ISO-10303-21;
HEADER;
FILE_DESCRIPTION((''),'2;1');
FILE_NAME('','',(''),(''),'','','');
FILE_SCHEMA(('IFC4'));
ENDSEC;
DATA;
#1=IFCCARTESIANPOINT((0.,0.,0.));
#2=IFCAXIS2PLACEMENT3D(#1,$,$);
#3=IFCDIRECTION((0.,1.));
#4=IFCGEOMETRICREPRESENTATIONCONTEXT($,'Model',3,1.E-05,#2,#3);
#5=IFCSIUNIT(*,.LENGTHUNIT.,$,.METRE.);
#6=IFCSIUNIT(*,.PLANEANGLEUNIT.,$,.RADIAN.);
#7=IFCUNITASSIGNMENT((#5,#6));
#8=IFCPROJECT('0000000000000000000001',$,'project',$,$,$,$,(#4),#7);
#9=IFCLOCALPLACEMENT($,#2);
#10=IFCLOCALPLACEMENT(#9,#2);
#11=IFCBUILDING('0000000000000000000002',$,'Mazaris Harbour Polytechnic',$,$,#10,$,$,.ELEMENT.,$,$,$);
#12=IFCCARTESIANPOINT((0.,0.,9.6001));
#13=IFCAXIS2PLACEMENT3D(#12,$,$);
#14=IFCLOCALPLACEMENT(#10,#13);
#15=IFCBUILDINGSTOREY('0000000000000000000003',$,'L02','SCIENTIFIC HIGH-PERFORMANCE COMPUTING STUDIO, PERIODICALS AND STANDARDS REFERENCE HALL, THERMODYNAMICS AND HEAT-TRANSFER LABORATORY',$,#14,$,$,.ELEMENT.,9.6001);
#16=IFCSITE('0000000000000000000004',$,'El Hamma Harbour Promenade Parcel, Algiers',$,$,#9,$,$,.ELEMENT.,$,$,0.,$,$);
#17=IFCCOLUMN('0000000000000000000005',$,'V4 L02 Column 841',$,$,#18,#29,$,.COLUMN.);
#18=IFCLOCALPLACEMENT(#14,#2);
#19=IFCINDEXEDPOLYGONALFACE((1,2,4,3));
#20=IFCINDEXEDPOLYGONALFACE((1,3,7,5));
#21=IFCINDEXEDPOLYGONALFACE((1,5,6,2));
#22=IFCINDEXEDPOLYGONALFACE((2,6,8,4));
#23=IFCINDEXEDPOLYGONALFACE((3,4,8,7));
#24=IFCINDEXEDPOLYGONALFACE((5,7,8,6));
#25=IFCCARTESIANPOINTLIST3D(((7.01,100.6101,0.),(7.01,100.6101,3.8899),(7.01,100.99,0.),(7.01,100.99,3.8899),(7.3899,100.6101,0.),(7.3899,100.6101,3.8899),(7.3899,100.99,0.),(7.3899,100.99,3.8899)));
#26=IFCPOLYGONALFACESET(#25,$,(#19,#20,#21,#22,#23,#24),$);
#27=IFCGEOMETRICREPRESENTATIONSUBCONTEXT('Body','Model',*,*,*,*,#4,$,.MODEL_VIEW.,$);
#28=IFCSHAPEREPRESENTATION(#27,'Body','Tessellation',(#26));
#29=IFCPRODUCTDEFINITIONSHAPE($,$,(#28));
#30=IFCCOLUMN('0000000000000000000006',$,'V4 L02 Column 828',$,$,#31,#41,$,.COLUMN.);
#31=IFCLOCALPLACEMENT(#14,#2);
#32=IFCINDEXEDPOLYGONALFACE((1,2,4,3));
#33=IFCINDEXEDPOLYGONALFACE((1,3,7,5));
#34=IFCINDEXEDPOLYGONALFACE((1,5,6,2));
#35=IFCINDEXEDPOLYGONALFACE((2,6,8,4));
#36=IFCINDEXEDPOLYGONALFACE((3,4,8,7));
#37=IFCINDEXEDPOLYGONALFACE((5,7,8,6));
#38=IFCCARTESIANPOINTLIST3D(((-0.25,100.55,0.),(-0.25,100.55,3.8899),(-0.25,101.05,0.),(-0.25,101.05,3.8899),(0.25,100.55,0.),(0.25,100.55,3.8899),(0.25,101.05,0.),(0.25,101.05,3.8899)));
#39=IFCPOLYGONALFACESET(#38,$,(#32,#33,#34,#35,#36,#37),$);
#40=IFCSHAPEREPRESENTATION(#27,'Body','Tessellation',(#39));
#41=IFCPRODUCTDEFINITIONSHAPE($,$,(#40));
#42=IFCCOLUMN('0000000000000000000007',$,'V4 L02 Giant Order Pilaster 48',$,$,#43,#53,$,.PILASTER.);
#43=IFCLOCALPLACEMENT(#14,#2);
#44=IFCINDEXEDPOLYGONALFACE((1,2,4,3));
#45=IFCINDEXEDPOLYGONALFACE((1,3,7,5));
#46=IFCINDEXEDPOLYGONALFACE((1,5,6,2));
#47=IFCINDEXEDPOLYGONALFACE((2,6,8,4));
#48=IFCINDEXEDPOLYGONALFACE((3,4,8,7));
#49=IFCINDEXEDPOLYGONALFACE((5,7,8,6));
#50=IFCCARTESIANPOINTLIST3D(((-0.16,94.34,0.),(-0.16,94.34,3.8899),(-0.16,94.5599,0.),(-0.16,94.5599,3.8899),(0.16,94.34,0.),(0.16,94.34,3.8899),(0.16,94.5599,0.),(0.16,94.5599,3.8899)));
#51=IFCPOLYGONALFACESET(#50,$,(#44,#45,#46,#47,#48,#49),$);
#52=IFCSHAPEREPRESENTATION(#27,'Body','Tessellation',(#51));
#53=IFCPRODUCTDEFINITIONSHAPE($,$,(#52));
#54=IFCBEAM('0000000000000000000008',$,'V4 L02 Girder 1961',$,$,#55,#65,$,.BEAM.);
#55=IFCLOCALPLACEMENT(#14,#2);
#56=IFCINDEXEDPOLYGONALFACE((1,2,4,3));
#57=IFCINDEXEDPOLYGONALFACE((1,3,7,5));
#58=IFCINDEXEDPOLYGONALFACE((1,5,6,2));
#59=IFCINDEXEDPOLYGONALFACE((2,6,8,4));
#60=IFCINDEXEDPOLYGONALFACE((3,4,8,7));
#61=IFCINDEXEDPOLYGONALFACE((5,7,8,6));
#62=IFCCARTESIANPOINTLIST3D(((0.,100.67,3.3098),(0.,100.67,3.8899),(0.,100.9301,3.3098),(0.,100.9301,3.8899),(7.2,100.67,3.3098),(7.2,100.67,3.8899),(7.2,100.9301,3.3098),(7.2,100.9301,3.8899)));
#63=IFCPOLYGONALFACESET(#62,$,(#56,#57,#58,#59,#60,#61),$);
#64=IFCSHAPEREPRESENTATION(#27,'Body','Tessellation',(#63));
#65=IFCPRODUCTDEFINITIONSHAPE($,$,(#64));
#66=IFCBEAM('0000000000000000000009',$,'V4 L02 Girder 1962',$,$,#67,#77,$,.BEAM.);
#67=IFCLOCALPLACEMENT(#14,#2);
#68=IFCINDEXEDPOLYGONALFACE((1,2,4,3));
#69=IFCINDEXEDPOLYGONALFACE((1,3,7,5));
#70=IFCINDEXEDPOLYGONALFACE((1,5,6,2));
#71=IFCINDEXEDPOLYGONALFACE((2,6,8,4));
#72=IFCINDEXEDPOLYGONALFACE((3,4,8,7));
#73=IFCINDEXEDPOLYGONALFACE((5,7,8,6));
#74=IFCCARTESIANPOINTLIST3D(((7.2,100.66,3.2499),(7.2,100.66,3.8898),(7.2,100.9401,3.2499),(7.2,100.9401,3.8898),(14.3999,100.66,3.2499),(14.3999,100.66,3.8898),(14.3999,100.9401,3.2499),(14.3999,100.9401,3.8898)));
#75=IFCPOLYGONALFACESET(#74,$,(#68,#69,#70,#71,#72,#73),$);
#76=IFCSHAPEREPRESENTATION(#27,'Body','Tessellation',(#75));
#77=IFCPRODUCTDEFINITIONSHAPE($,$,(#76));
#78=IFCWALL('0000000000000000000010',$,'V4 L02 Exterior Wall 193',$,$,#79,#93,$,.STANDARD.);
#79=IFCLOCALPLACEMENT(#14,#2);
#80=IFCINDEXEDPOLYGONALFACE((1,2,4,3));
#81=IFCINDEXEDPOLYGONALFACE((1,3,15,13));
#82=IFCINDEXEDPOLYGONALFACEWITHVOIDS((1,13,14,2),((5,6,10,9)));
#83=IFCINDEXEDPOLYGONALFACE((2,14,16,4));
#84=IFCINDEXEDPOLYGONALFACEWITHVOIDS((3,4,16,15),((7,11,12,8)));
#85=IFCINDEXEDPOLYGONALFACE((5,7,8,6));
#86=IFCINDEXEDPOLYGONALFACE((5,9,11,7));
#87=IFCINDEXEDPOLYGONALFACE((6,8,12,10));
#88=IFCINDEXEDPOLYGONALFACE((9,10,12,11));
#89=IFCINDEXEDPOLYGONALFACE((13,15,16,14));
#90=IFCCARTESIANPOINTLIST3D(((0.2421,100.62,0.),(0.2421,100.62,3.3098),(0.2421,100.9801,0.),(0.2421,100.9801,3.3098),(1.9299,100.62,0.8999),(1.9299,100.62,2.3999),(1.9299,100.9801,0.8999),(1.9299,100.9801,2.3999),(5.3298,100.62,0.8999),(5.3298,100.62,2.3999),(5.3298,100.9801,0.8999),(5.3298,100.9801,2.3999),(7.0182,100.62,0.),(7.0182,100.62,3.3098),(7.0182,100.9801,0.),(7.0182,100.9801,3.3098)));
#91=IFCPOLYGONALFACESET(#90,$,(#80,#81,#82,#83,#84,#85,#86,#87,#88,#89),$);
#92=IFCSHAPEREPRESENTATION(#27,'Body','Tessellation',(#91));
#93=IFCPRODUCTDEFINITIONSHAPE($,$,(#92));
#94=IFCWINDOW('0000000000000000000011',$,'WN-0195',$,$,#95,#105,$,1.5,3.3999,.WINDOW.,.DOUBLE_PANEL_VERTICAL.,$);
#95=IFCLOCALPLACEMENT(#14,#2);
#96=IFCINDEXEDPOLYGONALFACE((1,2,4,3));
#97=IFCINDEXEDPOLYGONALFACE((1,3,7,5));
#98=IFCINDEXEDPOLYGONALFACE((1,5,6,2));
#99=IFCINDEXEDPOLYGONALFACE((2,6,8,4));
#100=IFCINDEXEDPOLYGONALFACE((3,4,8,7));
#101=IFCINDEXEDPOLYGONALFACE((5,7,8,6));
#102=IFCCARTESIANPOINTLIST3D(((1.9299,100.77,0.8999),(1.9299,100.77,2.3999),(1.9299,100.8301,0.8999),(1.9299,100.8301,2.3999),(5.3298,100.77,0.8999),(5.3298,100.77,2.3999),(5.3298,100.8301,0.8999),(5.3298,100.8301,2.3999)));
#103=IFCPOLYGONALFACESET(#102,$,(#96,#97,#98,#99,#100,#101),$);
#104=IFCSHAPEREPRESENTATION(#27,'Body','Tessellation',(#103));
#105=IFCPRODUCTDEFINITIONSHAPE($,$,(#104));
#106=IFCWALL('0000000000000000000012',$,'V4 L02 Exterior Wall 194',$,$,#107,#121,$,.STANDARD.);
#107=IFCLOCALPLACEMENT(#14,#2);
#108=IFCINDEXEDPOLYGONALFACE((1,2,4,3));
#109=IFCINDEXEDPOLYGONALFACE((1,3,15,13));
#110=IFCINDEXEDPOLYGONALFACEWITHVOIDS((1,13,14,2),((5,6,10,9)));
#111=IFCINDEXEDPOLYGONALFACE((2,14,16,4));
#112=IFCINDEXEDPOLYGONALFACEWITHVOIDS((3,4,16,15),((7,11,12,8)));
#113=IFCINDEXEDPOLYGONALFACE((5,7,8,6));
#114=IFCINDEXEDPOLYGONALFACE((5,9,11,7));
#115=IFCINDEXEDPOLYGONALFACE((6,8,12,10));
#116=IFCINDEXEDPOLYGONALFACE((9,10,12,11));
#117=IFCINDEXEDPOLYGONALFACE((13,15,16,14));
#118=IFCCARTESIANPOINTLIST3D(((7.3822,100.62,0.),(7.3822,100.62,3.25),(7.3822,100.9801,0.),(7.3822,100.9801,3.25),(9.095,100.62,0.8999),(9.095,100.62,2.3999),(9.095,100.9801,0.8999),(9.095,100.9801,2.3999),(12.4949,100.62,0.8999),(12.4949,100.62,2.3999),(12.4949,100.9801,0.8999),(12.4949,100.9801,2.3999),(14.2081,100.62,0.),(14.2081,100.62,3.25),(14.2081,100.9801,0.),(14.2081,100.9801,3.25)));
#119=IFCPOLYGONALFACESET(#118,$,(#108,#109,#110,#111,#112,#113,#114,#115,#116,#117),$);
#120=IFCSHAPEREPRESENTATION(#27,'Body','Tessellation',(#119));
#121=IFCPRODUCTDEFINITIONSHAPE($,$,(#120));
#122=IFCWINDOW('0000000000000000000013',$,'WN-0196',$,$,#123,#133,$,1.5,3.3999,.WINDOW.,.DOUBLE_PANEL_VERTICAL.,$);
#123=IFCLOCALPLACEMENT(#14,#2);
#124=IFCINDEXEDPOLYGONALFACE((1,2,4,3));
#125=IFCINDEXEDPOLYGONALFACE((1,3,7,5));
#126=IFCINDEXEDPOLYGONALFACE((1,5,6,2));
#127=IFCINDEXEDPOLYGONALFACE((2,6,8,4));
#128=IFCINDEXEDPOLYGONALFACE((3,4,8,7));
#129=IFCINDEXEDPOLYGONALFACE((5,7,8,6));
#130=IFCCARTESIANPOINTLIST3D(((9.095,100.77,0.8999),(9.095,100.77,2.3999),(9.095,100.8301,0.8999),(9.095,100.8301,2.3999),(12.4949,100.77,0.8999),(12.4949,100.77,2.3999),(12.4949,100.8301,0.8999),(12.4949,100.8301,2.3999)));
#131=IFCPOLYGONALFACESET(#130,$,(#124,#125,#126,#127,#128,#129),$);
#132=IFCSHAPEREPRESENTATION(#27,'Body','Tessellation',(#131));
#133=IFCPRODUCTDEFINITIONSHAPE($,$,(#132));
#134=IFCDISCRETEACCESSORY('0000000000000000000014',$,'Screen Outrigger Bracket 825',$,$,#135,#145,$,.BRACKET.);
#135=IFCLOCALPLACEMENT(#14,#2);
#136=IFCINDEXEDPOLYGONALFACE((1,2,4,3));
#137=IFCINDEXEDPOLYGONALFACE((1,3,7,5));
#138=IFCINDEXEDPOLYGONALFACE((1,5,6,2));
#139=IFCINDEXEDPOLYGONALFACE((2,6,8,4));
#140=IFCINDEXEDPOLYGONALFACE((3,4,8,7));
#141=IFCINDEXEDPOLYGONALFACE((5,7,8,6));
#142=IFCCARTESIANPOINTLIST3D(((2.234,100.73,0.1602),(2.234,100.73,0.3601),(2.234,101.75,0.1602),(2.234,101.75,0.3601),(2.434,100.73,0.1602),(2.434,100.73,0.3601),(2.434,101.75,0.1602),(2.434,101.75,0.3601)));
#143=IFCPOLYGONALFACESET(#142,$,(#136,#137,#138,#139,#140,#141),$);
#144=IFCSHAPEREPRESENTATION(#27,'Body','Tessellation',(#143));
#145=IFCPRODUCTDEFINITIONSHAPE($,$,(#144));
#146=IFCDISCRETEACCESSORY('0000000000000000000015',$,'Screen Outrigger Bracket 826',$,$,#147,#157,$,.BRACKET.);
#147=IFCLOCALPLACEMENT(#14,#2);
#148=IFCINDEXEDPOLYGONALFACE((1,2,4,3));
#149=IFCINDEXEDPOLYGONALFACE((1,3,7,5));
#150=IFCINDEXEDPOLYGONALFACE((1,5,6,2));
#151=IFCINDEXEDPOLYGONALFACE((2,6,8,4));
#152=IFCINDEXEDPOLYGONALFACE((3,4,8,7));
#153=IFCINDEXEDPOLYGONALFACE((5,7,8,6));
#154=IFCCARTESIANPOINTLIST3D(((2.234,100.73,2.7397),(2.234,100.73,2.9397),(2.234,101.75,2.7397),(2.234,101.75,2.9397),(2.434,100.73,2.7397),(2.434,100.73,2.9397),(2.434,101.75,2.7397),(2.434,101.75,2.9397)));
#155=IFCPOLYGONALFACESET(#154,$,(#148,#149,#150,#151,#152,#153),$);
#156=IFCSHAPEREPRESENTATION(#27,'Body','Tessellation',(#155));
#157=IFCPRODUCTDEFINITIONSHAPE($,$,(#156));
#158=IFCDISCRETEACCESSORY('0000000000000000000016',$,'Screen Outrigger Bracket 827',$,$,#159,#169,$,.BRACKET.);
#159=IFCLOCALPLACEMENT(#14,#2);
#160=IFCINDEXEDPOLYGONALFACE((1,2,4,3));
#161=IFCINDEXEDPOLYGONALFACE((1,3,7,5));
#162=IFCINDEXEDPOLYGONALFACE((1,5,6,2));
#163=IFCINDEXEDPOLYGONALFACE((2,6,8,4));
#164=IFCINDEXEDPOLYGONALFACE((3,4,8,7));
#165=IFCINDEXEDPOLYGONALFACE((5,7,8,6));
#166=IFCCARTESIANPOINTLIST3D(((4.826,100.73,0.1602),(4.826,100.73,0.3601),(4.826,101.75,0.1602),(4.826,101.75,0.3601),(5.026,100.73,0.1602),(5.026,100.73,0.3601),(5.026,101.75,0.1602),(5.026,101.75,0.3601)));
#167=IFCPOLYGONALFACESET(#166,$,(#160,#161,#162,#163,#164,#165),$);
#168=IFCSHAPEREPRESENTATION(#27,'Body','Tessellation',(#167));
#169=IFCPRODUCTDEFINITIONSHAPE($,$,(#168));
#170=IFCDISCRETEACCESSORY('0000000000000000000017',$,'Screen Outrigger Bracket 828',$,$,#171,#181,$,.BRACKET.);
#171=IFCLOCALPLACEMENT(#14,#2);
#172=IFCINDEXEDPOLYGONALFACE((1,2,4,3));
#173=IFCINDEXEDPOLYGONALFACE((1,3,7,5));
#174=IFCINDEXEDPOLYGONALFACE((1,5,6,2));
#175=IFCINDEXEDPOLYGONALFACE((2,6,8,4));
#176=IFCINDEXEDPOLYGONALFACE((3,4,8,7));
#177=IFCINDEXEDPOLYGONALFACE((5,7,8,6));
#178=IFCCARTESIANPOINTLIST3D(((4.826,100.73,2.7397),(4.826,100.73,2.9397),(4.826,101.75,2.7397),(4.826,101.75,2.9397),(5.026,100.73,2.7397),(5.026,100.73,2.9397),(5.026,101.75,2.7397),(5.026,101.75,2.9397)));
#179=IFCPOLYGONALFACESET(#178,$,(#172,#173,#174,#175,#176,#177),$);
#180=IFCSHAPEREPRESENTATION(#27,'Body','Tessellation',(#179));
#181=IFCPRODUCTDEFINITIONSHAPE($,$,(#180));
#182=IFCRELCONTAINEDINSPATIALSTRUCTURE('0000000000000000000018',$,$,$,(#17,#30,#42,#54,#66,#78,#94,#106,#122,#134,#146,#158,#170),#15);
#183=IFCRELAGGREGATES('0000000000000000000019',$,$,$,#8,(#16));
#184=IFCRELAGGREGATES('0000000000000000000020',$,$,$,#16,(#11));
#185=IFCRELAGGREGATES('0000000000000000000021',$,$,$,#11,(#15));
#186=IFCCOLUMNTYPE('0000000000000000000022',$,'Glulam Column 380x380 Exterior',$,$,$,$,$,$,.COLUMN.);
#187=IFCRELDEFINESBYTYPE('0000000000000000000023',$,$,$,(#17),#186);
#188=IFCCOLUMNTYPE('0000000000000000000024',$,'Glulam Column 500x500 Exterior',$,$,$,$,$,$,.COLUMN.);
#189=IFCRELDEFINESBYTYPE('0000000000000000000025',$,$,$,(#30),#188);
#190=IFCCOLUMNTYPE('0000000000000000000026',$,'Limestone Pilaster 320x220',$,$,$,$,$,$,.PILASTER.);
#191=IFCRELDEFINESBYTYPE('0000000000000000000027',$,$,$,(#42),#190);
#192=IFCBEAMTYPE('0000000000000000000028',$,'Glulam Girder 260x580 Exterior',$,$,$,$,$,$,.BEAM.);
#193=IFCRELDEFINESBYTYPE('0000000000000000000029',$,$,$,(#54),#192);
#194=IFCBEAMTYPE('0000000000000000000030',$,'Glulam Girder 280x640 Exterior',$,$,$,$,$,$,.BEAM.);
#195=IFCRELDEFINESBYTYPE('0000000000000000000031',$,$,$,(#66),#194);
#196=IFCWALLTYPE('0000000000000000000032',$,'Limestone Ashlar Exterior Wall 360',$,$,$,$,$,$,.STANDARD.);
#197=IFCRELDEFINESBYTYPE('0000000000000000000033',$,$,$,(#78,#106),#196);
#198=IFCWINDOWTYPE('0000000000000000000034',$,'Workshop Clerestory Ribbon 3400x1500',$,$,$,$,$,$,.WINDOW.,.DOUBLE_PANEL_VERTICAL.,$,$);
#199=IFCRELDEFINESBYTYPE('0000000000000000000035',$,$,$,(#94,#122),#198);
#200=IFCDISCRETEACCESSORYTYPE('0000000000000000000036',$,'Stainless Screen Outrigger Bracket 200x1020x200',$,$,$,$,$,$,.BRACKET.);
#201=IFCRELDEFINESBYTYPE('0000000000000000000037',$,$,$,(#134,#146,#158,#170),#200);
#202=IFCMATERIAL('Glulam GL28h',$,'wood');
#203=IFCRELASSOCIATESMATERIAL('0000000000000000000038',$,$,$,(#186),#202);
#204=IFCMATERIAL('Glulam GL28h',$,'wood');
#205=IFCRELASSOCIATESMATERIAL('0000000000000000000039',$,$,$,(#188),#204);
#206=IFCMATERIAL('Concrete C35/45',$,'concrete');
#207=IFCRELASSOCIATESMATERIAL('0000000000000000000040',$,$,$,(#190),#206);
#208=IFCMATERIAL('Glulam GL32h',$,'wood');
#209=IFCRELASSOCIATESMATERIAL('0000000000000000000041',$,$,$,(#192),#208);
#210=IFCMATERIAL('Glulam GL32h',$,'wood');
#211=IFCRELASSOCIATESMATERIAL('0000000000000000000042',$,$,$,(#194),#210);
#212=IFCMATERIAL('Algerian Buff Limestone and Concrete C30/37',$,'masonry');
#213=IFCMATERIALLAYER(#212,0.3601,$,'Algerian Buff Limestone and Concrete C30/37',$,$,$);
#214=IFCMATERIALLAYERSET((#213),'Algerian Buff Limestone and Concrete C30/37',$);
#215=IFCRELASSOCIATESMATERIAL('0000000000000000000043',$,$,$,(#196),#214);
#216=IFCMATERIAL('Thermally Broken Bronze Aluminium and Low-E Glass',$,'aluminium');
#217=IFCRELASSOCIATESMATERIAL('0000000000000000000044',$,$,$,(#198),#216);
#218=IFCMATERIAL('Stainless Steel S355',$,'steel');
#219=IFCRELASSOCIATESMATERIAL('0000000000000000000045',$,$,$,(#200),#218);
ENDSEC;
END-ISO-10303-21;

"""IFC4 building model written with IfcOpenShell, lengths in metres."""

from ifc_helpers import new_model, si_unit, direction, frame, frame_2d, origin, origin_2d, place, context, subcontext, project, spatial, rectangle, extrude, material, layer, layer_set, material_profile, profile_set, type_object, element, fill, save


model = new_model("IFC4")

# Units and contexts
model_context = context("Model", 3, precision=1e-05, world=origin(), true_north=direction((0.0, 1.0)))
body_context = subcontext(model_context, "Body", "Model", "MODEL_VIEW")
ifc_project = project(units=[si_unit("LENGTHUNIT", "METRE"), si_unit("PLANEANGLEUNIT", "RADIAN")], contexts=[model_context])

# Site, building, storey
site_placement = place(None, origin())
site = spatial("IfcSite", under=ifc_project, at=site_placement, Name="El Hamma Harbour Promenade Parcel, Algiers", CompositionType="ELEMENT", RefElevation=0.0)
building_placement = place(site_placement, origin())
building = spatial("IfcBuilding", under=site, at=building_placement, Name="Mazaris Harbour Polytechnic", CompositionType="ELEMENT")
storey_placement = place(building_placement, frame((0.0, 0.0, 9.6001)))
storey = spatial("IfcBuildingStorey", under=building, at=storey_placement, Name="L02", Description="SCIENTIFIC HIGH-PERFORMANCE COMPUTING STUDIO, PERIODICALS AND STANDARDS REFERENCE HALL, THERMODYNAMICS AND HEAT-TRANSFER LABORATORY", CompositionType="ELEMENT", Elevation=9.6001)

# Columns
ifc_material_1 = material(Name="Glulam GL28h", Category="wood")
ifc_material_profile_1 = material_profile(ifc_material_1, rectangle(XDim=0.3799, YDim=0.3799, at=origin_2d()), Name="RECT380x380")
ifc_profile_set_1 = profile_set([ifc_material_profile_1], Name="Glulam GL28h")
column_type_1 = type_object("IfcColumnType", Name="Glulam Column 380x380 Exterior", PredefinedType="COLUMN", material=ifc_profile_set_1)
column_1_placement = place(storey_placement, frame((7.2, 100.8, 0.0), z_axis=(0.0, 0.0, 1.0), x_axis=(1.0, 0.0, 0.0)))
element("IfcColumn", 1, at=column_1_placement, inside=storey, type_object=column_type_1, Name="V4 L02 Column 841", PredefinedType="COLUMN", context=body_context, shape_type="SweptSolid", body=[
    extrude(rectangle(XDim=0.3799, YDim=0.3799, at=origin_2d()), origin(), (0.0, 0.0, 1.0), 3.8899),
])
ifc_material_2 = material(Name="Glulam GL28h", Category="wood")
ifc_material_profile_2 = material_profile(ifc_material_2, rectangle(XDim=0.5, YDim=0.5, at=origin_2d()), Name="RECT500x500")
ifc_profile_set_2 = profile_set([ifc_material_profile_2], Name="Glulam GL28h")
column_type_2 = type_object("IfcColumnType", Name="Glulam Column 500x500 Exterior", PredefinedType="COLUMN", material=ifc_profile_set_2)
column_2_placement = place(storey_placement, frame((0.0, 100.8, 0.0), z_axis=(0.0, 0.0, 1.0), x_axis=(1.0, 0.0, 0.0)))
element("IfcColumn", 2, at=column_2_placement, inside=storey, type_object=column_type_2, Name="V4 L02 Column 828", PredefinedType="COLUMN", context=body_context, shape_type="SweptSolid", body=[
    extrude(rectangle(XDim=0.5, YDim=0.5, at=origin_2d()), origin(), (0.0, 0.0, 1.0), 3.8899),
])
ifc_material_3 = material(Name="Concrete C35/45", Category="concrete")
ifc_material_profile_3 = material_profile(ifc_material_3, rectangle(XDim=0.3201, YDim=0.22, at=origin_2d()), Name="RECT320x220")
ifc_profile_set_3 = profile_set([ifc_material_profile_3], Name="Concrete C35/45")
column_type_3 = type_object("IfcColumnType", Name="Limestone Pilaster 320x220", PredefinedType="PILASTER", material=ifc_profile_set_3)
column_3_placement = place(storey_placement, frame((0.0, 94.45, 0.0), z_axis=(0.0, 0.0, 1.0), x_axis=(1.0, 0.0, 0.0)))
element("IfcColumn", 3, at=column_3_placement, inside=storey, type_object=column_type_3, Name="V4 L02 Giant Order Pilaster 48", PredefinedType="PILASTER", context=body_context, shape_type="SweptSolid", body=[
    extrude(rectangle(XDim=0.3201, YDim=0.22, at=origin_2d()), origin(), (0.0, 0.0, 1.0), 3.8899),
])

# Beams
ifc_material_4 = material(Name="Glulam GL32h", Category="wood")
ifc_material_profile_4 = material_profile(ifc_material_4, rectangle(XDim=0.26, YDim=0.5801, at=origin_2d()), Name="RECT260x580")
ifc_profile_set_4 = profile_set([ifc_material_profile_4], Name="Glulam GL32h")
beam_type_1 = type_object("IfcBeamType", Name="Glulam Girder 260x580 Exterior", PredefinedType="BEAM", material=ifc_profile_set_4)
beam_1_placement = place(storey_placement, frame((0.0, 100.8, 3.5999), z_axis=(1.0, 0.0, 0.0), x_axis=(0.0, 1.0, 0.0)))
element("IfcBeam", 4, at=beam_1_placement, inside=storey, type_object=beam_type_1, Name="V4 L02 Girder 1961", PredefinedType="BEAM", context=body_context, shape_type="SweptSolid", body=[
    extrude(rectangle(XDim=0.26, YDim=0.5801, at=origin_2d()), origin(), (0.0, 0.0, 1.0), 7.2),
])
ifc_material_5 = material(Name="Glulam GL32h", Category="wood")
ifc_material_profile_5 = material_profile(ifc_material_5, rectangle(XDim=0.28, YDim=0.6399, at=origin_2d()), Name="RECT280x640")
ifc_profile_set_5 = profile_set([ifc_material_profile_5], Name="Glulam GL32h")
beam_type_2 = type_object("IfcBeamType", Name="Glulam Girder 280x640 Exterior", PredefinedType="BEAM", material=ifc_profile_set_5)
beam_2_placement = place(storey_placement, frame((7.2, 100.8, 3.5698), z_axis=(1.0, 0.0, 0.0), x_axis=(0.0, 1.0, 0.0)))
element("IfcBeam", 5, at=beam_2_placement, inside=storey, type_object=beam_type_2, Name="V4 L02 Girder 1962", PredefinedType="BEAM", context=body_context, shape_type="SweptSolid", body=[
    extrude(rectangle(XDim=0.28, YDim=0.6399, at=origin_2d()), origin(), (0.0, 0.0, 1.0), 7.2),
])

# Walls, openings, windows
ifc_material_6 = material(Name="Algerian Buff Limestone and Concrete C30/37", Category="masonry")
ifc_layer = layer(ifc_material_6, 0.3601, Name="Algerian Buff Limestone and Concrete C30/37")
ifc_layer_set = layer_set([ifc_layer], Name="Algerian Buff Limestone and Concrete C30/37")
wall_type = type_object("IfcWallType", Name="Limestone Ashlar Exterior Wall 360", PredefinedType="STANDARD", material=ifc_layer_set)
wall_1_placement = place(storey_placement, frame((0.2419, 100.8, 0.0), z_axis=(0.0, 0.0, 1.0), x_axis=(1.0, 0.0, 0.0)))
wall_1 = element("IfcWall", 6, at=wall_1_placement, inside=storey, type_object=wall_type, Name="V4 L02 Exterior Wall 193", PredefinedType="STANDARD", context=body_context, shape_type="SweptSolid", body=[
    extrude(rectangle(XDim=6.7761, YDim=0.3601, at=frame_2d((3.3882, 0.0))), origin(), (0.0, 0.0, 1.0), 3.3098),
])
opening_1_placement = place(wall_1_placement, frame((1.688, 0.0, 0.8999)))
opening_1 = element("IfcOpeningElement", 7, at=opening_1_placement, cuts=wall_1, PredefinedType="OPENING", context=body_context, shape_type="SweptSolid", body=[
    extrude(rectangle(XDim=3.3999, YDim=1.5, at=frame_2d((1.7, 0.75))), frame((0.0, 0.1899, 0.0), z_axis=(0.0, -1.0, 0.0), x_axis=(1.0, 0.0, 0.0)), (0.0, 0.0, 1.0), 0.3801),
])
ifc_material_7 = material(Name="Thermally Broken Bronze Aluminium and Low-E Glass", Category="aluminium")
window_type = type_object("IfcWindowType", Name="Workshop Clerestory Ribbon 3400x1500", PartitioningType="DOUBLE_PANEL_VERTICAL", PredefinedType="WINDOW", material=ifc_material_7)
window_1_placement = place(opening_1_placement, origin())
window_1 = element("IfcWindow", 8, at=window_1_placement, inside=storey, type_object=window_type, Name="WN-0195", OverallHeight=1.5, OverallWidth=3.3999, PartitioningType="DOUBLE_PANEL_VERTICAL", PredefinedType="WINDOW", context=body_context, shape_type="SweptSolid", body=[
    extrude(rectangle(XDim=3.3999, YDim=1.5, at=frame_2d((1.7, 0.75))), frame((0.0, 0.03, 0.0), z_axis=(0.0, -1.0, 0.0), x_axis=(1.0, 0.0, 0.0)), (0.0, 0.0, 1.0), 0.0601),
])
fill(opening_1, window_1)
wall_2_placement = place(storey_placement, frame((7.3821, 100.8, 0.0), z_axis=(0.0, 0.0, 1.0), x_axis=(1.0, 0.0, 0.0)))
wall_2 = element("IfcWall", 9, at=wall_2_placement, inside=storey, type_object=wall_type, Name="V4 L02 Exterior Wall 194", PredefinedType="STANDARD", context=body_context, shape_type="SweptSolid", body=[
    extrude(rectangle(XDim=6.8259, YDim=0.3601, at=frame_2d((3.4131, 0.0))), origin(), (0.0, 0.0, 1.0), 3.25),
])
opening_2_placement = place(wall_2_placement, frame((1.7129, 0.0, 0.8999)))
opening_2 = element("IfcOpeningElement", 10, at=opening_2_placement, cuts=wall_2, PredefinedType="OPENING", context=body_context, shape_type="SweptSolid", body=[
    extrude(rectangle(XDim=3.3999, YDim=1.5, at=frame_2d((1.7, 0.75))), frame((0.0, 0.1899, 0.0), z_axis=(0.0, -1.0, 0.0), x_axis=(1.0, 0.0, 0.0)), (0.0, 0.0, 1.0), 0.3801),
])
window_2_placement = place(opening_2_placement, origin())
window_2 = element("IfcWindow", 11, at=window_2_placement, inside=storey, type_object=window_type, Name="WN-0196", OverallHeight=1.5, OverallWidth=3.3999, PartitioningType="DOUBLE_PANEL_VERTICAL", PredefinedType="WINDOW", context=body_context, shape_type="SweptSolid", body=[
    extrude(rectangle(XDim=3.3999, YDim=1.5, at=frame_2d((1.7, 0.75))), frame((0.0, 0.03, 0.0), z_axis=(0.0, -1.0, 0.0), x_axis=(1.0, 0.0, 0.0)), (0.0, 0.0, 1.0), 0.0601),
])
fill(opening_2, window_2)

# Discrete accessories
ifc_material_8 = material(Name="Stainless Steel S355", Category="steel")
discrete_accessory_type = type_object("IfcDiscreteAccessoryType", Name="Stainless Screen Outrigger Bracket 200x1020x200", PredefinedType="BRACKET", material=ifc_material_8)
for number, where, z_axis, x_axis, name in (
    (12, (2.334, 101.24, 0.1602), (0.0, 0.0, 1.0), (1.0, 0.0, 0.0), "Screen Outrigger Bracket 825"),
    (13, (2.334, 101.24, 2.7397), (0.0, 0.0, 1.0), (1.0, 0.0, 0.0), "Screen Outrigger Bracket 826"),
    (14, (4.926, 101.24, 0.1602), (0.0, 0.0, 1.0), (1.0, 0.0, 0.0), "Screen Outrigger Bracket 827"),
    (15, (4.926, 101.24, 2.7397), (0.0, 0.0, 1.0), (1.0, 0.0, 0.0), "Screen Outrigger Bracket 828"),
):
    element("IfcDiscreteAccessory", number, at=place(storey_placement, frame(where, z_axis=z_axis, x_axis=x_axis)), inside=storey, type_object=discrete_accessory_type, Name=name, PredefinedType="BRACKET", context=body_context, shape_type="SweptSolid", body=[
        extrude(rectangle(XDim=0.2, YDim=1.02, at=origin_2d()), origin(), (0.0, 0.0, 1.0), 0.2),
    ])

save(model, "model.ifc")
